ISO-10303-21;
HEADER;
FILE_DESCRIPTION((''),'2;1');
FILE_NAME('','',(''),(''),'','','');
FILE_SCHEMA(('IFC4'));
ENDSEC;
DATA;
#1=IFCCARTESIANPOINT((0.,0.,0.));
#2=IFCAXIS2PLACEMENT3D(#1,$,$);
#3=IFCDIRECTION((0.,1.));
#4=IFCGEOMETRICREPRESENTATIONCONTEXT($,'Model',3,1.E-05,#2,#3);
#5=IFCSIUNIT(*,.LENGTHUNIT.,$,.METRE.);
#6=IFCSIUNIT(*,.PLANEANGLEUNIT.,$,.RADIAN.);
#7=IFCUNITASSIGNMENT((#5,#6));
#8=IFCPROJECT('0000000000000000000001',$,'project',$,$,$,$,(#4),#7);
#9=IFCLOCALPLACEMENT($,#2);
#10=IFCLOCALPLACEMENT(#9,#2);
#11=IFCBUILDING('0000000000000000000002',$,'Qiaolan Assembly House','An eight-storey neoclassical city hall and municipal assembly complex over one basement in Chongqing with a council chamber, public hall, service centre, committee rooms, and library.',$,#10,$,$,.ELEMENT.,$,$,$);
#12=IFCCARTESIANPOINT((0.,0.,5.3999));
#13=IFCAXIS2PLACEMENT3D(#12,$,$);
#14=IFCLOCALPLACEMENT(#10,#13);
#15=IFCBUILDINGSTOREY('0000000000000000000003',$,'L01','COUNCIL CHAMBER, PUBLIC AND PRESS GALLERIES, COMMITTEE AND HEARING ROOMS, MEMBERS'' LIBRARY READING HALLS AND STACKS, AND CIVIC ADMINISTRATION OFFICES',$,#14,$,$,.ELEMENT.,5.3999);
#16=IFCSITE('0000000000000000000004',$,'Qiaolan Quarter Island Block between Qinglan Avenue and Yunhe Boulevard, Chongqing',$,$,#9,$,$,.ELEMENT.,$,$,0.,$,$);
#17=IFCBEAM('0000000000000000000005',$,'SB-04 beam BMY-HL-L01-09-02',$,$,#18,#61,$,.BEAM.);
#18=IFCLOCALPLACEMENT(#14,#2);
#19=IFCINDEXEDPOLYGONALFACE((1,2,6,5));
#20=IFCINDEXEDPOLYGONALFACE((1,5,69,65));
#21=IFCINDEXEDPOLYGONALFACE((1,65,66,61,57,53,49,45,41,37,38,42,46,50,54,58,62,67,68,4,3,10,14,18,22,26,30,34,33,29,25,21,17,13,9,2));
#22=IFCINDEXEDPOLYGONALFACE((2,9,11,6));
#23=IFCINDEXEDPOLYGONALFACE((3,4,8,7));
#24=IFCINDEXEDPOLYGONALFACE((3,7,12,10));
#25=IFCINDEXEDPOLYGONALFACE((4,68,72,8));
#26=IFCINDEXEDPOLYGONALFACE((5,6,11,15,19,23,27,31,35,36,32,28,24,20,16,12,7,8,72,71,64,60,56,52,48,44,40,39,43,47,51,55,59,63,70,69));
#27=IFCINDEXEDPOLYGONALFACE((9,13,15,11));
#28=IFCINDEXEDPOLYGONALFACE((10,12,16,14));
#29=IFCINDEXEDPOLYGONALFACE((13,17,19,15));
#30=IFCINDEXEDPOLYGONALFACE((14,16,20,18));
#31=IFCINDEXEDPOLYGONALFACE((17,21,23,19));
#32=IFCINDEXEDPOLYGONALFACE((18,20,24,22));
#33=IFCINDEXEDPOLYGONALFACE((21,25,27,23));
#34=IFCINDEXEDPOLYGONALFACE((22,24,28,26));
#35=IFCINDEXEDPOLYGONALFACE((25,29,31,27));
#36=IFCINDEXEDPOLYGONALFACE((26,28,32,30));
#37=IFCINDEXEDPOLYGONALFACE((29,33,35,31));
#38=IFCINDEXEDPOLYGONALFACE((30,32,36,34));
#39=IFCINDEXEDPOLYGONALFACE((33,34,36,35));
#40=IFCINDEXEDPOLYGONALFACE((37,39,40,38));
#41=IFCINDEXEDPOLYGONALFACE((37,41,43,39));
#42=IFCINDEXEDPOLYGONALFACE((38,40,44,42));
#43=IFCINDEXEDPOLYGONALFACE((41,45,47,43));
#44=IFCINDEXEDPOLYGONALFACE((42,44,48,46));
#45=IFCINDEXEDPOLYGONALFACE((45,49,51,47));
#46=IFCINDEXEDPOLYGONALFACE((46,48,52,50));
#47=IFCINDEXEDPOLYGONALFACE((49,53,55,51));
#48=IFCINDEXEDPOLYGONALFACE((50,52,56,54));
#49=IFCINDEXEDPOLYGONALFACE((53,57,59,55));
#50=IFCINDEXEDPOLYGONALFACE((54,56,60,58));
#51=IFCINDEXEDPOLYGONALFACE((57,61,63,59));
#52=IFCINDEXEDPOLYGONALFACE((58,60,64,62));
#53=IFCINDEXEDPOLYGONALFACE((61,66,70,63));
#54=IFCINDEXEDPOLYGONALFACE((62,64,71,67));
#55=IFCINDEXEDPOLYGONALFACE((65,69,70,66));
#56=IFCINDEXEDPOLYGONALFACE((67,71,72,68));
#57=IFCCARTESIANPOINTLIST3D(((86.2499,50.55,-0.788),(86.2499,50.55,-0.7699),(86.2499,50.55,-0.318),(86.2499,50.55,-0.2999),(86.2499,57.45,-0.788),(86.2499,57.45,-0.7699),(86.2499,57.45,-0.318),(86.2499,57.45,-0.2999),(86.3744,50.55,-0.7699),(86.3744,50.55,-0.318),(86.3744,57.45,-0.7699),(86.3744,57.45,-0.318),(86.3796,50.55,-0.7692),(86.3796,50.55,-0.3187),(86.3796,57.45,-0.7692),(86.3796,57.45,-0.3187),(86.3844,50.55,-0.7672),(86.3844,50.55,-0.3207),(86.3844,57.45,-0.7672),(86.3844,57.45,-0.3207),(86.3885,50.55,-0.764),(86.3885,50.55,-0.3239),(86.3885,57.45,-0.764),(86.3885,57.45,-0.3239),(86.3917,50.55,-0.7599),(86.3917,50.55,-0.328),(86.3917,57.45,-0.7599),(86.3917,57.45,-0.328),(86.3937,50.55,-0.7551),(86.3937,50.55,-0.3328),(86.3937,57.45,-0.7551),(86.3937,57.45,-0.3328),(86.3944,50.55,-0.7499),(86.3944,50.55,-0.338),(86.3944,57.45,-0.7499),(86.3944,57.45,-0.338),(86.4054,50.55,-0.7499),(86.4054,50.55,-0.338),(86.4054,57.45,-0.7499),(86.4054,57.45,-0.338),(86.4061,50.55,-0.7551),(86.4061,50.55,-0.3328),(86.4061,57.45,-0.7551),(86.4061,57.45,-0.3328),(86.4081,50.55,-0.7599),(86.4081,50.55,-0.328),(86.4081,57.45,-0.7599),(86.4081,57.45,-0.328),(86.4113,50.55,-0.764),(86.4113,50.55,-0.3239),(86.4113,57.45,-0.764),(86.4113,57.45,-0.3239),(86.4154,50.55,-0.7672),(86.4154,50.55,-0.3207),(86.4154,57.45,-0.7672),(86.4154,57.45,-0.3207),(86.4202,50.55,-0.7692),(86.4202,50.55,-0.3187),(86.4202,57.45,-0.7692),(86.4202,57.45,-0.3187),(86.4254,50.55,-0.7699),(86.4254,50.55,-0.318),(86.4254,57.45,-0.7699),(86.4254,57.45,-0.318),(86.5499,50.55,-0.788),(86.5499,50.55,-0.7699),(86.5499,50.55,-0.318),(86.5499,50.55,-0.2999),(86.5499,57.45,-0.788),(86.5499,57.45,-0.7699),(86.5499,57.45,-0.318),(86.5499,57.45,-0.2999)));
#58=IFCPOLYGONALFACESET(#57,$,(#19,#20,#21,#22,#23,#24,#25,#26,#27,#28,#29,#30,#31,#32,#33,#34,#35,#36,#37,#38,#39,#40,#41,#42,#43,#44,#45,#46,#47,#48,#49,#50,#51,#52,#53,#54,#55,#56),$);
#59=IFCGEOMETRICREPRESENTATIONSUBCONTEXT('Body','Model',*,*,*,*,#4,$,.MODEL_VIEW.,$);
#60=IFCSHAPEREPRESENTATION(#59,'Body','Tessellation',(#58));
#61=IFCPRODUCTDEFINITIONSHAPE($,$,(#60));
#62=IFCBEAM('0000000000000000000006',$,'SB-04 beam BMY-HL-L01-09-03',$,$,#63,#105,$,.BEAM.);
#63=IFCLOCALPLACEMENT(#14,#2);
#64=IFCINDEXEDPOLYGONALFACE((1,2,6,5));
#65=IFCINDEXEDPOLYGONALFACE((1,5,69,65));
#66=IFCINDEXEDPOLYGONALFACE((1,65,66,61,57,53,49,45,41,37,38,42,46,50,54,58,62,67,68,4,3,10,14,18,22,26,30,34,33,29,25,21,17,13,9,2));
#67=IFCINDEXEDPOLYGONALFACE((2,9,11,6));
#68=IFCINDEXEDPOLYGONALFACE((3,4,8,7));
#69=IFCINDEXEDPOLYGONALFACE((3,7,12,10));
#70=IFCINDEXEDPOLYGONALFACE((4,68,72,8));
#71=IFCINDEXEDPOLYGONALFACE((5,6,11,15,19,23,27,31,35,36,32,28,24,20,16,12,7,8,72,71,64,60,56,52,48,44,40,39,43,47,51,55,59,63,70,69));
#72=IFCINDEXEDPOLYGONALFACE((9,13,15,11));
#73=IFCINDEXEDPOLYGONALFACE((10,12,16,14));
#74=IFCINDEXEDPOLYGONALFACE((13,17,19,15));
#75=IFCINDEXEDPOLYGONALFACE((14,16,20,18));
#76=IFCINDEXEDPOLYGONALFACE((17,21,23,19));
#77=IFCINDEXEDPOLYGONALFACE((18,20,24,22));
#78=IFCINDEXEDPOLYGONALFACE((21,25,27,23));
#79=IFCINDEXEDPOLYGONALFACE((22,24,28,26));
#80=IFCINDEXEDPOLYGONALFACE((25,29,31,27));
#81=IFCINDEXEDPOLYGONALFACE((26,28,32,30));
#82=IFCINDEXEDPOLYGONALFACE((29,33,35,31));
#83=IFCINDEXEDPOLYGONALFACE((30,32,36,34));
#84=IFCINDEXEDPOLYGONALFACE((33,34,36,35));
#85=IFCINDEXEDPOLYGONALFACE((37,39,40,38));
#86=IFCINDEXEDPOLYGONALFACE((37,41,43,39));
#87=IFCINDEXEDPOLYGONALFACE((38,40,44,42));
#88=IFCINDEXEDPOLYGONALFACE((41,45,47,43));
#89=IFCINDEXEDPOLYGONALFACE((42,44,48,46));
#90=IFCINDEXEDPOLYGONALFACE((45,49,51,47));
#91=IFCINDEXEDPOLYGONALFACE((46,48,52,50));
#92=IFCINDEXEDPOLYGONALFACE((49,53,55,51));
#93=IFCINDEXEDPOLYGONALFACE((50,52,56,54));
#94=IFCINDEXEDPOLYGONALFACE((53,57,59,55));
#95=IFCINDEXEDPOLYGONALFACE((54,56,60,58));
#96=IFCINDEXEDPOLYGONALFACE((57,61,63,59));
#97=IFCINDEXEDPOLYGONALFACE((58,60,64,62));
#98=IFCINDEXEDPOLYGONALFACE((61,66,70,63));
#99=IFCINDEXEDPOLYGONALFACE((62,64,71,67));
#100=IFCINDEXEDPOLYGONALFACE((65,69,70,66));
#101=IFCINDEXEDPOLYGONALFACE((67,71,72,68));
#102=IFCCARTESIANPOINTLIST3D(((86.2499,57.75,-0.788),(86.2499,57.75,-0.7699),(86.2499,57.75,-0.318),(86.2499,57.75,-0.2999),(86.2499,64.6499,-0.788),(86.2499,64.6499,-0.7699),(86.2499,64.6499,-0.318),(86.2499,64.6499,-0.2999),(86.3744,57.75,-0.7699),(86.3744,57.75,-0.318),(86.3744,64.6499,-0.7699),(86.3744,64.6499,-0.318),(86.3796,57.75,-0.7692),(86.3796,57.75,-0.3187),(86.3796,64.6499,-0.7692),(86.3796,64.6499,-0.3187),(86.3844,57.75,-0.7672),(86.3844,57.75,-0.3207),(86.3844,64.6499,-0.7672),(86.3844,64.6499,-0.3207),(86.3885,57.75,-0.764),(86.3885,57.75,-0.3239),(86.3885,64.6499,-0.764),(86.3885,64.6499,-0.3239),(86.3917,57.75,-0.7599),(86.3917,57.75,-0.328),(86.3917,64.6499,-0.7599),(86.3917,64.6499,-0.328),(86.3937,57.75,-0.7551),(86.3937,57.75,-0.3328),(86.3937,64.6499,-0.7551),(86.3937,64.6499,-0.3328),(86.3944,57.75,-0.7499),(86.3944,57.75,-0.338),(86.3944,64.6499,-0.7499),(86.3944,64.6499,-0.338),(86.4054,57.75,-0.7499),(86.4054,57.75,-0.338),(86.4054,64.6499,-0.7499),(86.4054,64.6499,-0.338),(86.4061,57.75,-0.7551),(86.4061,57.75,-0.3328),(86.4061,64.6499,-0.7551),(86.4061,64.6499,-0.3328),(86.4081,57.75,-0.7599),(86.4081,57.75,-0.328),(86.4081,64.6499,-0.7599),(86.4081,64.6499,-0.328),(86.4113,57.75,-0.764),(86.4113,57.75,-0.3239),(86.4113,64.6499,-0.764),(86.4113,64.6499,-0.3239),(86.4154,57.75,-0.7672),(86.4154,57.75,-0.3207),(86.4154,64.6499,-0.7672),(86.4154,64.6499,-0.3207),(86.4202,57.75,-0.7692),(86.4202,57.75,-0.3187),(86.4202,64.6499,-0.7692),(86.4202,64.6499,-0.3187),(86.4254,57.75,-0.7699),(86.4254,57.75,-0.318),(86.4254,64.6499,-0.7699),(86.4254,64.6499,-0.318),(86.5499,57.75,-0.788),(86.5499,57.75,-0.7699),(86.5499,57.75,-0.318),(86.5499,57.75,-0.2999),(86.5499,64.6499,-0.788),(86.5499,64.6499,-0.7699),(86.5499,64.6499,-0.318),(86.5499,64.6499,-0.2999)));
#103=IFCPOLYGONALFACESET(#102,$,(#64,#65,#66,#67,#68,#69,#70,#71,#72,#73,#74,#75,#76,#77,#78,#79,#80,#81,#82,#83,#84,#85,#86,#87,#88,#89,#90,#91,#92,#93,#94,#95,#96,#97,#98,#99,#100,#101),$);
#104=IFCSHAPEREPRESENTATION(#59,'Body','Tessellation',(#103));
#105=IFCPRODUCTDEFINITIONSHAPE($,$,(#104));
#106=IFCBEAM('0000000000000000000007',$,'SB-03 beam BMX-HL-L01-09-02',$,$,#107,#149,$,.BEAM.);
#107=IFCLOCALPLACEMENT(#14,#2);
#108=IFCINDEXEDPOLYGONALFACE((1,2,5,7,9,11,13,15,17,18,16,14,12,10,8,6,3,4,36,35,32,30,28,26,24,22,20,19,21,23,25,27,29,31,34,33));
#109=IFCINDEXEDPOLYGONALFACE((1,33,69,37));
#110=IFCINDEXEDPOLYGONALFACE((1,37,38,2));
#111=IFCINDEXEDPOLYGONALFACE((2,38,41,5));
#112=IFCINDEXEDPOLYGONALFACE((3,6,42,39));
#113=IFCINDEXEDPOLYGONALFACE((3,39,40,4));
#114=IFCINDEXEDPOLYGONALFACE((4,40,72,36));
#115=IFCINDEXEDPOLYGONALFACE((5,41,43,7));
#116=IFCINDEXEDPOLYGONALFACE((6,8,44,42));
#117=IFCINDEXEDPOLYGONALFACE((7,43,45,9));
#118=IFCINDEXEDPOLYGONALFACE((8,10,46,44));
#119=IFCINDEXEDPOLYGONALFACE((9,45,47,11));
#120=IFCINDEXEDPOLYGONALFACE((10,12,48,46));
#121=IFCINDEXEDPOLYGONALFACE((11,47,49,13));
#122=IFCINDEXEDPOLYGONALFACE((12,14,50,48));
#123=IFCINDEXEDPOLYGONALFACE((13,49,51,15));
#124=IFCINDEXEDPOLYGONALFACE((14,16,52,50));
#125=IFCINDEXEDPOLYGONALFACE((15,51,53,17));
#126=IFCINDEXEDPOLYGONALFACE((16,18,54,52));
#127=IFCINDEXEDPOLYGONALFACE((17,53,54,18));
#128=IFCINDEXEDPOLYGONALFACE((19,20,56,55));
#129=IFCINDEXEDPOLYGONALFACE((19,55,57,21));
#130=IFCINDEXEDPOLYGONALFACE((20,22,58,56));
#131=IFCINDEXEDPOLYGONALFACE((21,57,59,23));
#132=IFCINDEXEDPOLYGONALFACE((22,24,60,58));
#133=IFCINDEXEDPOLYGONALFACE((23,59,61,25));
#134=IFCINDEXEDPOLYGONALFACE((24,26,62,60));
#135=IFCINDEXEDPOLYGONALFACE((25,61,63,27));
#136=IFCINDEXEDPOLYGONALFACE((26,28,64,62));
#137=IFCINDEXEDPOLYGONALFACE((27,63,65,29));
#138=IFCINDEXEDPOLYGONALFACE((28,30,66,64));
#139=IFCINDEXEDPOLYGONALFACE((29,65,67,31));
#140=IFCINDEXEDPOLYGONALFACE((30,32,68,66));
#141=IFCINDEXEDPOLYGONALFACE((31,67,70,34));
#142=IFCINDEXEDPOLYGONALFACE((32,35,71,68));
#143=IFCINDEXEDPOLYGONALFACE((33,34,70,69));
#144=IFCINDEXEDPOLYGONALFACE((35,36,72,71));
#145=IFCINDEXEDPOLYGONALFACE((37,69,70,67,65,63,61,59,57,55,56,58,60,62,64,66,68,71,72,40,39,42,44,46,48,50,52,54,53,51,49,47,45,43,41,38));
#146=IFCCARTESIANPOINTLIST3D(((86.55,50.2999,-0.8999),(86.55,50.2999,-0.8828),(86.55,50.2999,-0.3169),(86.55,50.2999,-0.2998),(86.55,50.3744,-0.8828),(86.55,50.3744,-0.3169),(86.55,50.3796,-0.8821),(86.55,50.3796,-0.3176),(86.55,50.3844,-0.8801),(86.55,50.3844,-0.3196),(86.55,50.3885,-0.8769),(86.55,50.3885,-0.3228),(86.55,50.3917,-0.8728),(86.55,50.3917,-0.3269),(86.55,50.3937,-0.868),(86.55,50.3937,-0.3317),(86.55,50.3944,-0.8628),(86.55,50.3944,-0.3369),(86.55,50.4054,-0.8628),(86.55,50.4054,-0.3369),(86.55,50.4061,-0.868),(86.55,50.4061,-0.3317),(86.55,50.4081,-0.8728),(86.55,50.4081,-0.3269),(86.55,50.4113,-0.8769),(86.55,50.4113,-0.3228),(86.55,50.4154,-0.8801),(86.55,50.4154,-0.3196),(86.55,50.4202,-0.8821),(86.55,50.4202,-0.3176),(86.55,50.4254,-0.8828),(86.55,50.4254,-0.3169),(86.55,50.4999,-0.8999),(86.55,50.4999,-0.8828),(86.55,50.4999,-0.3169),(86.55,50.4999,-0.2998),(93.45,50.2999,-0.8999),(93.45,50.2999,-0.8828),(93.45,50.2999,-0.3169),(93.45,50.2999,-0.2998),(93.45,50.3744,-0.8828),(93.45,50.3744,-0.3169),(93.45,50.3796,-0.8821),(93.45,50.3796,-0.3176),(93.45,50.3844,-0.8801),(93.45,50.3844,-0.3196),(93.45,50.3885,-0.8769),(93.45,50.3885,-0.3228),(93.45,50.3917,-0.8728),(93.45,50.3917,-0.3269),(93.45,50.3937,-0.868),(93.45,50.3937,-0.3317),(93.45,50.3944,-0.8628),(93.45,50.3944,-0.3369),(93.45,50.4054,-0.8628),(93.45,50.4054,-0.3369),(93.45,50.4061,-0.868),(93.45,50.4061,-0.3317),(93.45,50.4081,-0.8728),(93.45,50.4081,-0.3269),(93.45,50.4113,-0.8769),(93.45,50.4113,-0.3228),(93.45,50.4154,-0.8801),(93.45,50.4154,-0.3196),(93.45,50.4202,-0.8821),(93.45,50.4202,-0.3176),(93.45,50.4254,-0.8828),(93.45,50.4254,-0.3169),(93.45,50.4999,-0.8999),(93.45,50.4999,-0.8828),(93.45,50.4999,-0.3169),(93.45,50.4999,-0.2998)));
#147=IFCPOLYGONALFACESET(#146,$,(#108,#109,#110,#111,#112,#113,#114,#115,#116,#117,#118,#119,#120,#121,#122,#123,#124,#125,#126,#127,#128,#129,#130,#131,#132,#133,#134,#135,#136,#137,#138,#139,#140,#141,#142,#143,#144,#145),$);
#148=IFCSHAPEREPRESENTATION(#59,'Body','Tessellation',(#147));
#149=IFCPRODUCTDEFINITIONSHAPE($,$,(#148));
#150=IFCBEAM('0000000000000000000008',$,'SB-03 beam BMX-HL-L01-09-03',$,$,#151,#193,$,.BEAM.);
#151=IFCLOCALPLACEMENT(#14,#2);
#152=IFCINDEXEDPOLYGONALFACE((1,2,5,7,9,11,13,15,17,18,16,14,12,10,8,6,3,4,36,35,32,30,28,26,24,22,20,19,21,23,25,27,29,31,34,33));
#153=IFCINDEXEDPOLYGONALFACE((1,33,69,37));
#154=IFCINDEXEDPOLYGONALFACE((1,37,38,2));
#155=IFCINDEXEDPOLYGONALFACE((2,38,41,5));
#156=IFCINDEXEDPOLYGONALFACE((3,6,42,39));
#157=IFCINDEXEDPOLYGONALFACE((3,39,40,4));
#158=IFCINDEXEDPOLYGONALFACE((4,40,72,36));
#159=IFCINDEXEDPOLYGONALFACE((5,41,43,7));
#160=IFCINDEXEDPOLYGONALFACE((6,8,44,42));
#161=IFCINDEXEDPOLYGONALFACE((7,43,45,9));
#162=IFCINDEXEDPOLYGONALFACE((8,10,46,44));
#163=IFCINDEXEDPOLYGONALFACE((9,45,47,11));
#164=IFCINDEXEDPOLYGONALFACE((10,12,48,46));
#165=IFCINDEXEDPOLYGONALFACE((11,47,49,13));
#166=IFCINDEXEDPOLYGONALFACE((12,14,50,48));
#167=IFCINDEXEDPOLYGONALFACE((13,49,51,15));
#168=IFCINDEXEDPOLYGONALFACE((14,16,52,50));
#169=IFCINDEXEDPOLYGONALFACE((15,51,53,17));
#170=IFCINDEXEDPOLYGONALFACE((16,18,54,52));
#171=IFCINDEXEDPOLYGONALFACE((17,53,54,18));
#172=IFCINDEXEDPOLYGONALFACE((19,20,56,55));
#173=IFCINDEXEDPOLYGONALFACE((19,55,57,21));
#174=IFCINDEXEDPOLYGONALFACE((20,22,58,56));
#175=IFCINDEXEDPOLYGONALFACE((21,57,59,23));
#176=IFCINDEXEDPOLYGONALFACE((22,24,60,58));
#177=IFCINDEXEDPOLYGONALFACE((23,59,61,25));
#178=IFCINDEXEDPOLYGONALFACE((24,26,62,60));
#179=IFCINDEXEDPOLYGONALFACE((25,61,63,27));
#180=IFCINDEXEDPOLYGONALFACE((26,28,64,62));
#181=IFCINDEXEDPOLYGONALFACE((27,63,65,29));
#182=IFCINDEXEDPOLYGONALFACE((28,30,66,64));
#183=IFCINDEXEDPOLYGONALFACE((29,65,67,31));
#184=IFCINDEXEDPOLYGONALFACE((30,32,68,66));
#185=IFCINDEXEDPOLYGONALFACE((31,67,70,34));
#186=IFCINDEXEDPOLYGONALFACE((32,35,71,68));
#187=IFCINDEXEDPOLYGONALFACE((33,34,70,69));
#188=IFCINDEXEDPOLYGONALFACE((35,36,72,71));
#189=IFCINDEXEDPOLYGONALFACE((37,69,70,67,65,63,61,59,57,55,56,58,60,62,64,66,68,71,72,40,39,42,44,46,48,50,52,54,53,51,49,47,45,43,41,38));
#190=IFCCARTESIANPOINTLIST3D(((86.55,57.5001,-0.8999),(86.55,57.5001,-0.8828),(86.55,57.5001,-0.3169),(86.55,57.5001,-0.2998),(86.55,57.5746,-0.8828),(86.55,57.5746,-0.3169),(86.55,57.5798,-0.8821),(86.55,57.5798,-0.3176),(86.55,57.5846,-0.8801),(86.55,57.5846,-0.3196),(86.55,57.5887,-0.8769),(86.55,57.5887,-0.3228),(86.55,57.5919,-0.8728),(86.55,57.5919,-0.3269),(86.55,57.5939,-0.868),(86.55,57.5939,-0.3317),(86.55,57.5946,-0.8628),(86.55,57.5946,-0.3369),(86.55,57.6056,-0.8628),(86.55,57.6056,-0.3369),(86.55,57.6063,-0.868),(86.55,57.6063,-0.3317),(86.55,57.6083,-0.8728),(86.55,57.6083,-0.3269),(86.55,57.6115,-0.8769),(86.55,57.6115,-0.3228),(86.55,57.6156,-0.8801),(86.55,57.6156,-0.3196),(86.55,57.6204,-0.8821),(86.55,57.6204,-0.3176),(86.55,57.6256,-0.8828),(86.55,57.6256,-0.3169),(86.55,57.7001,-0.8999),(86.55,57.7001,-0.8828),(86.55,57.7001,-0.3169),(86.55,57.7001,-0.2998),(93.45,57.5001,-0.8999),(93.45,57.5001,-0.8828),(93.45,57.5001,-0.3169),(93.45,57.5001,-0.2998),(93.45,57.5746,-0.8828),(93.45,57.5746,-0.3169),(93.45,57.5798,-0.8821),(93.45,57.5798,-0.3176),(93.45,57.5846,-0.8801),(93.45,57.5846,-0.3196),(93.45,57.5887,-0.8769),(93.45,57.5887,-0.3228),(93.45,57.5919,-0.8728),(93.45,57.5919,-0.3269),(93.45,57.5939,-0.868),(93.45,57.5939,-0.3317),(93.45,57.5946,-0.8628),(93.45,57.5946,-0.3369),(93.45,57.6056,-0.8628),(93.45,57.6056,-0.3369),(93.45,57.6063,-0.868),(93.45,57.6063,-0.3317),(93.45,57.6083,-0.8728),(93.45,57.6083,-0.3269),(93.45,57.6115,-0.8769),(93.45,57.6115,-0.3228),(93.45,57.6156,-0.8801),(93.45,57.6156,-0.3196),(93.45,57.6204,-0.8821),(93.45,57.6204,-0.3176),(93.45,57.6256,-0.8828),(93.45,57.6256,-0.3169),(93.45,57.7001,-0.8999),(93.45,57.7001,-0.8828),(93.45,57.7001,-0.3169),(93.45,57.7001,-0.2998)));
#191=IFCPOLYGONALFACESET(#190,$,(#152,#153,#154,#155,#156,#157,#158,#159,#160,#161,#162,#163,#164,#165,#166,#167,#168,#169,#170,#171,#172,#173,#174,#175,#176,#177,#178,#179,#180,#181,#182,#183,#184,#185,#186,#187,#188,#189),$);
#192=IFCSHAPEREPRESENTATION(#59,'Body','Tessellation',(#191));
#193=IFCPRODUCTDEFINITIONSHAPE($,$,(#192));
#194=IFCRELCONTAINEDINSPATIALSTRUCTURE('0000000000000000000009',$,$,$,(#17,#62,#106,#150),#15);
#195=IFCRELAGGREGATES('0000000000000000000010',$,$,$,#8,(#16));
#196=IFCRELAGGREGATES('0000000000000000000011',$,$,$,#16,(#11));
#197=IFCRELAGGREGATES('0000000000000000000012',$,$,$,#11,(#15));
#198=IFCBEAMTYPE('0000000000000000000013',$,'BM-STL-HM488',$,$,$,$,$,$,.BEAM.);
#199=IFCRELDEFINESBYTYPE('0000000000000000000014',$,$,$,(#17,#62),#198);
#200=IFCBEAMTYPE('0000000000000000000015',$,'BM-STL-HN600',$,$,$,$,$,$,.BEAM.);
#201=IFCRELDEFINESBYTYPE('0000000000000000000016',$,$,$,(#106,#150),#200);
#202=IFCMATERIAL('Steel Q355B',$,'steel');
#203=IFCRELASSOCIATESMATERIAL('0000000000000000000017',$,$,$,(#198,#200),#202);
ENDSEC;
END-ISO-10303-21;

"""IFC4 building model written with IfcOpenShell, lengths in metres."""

from ifc_helpers import new_model, si_unit, direction, frame, origin, origin_2d, place, context, subcontext, project, spatial, i_section, extrude, material, material_profile, profile_set, type_object, element, save


model = new_model("IFC4")

# Units and contexts
model_context = context("Model", 3, precision=1e-05, world=origin(), true_north=direction((0.0, 1.0)))
body_context = subcontext(model_context, "Body", "Model", "MODEL_VIEW")
ifc_project = project(units=[si_unit("LENGTHUNIT", "METRE"), si_unit("PLANEANGLEUNIT", "RADIAN")], contexts=[model_context])

# Site, building, storey
site_placement = place(None, origin())
site = spatial("IfcSite", under=ifc_project, at=site_placement, Name="Qiaolan Quarter Island Block between Qinglan Avenue and Yunhe Boulevard, Chongqing", CompositionType="ELEMENT", RefElevation=0.0)
building_placement = place(site_placement, origin())
building = spatial("IfcBuilding", under=site, at=building_placement, Name="Qiaolan Assembly House", Description="An eight-storey neoclassical city hall and municipal assembly complex over one basement in Chongqing with a council chamber, public hall, service centre, committee rooms, and library.", CompositionType="ELEMENT")
storey_placement = place(building_placement, frame((0.0, 0.0, 5.3999)))
storey = spatial("IfcBuildingStorey", under=building, at=storey_placement, Name="L01", Description="COUNCIL CHAMBER, PUBLIC AND PRESS GALLERIES, COMMITTEE AND HEARING ROOMS, MEMBERS' LIBRARY READING HALLS AND STACKS, AND CIVIC ADMINISTRATION OFFICES", CompositionType="ELEMENT", Elevation=5.3999)

# Shared definitions
ifc_material_1 = material(Name="Steel Q355B", Category="steel")

# Beams
ifc_material_profile_1 = material_profile(ifc_material_1, i_section(OverallWidth=0.3, OverallDepth=0.488, WebThickness=0.011, FlangeThickness=0.0181, FilletRadius=0.02, at=origin_2d()), Name="HM 488x300x11x18")
ifc_profile_set_1 = profile_set([ifc_material_profile_1], Name="Steel Q355B")
beam_type_1 = type_object("IfcBeamType", Name="BM-STL-HM488", PredefinedType="BEAM", material=ifc_profile_set_1)
for number, where, z_axis, x_axis, name in (
    (1, (86.3999, 50.55, -0.5439), (0.0, 1.0, 0.0), (-1.0, 0.0, 0.0), "SB-04 beam BMY-HL-L01-09-02"),
    (2, (86.3999, 57.75, -0.5439), (0.0, 1.0, 0.0), (-1.0, 0.0, 0.0), "SB-04 beam BMY-HL-L01-09-03"),
):
    element("IfcBeam", number, at=place(storey_placement, frame(where, z_axis=z_axis, x_axis=x_axis)), inside=storey, type_object=beam_type_1, Name=name, PredefinedType="BEAM", context=body_context, shape_type="SweptSolid", body=[
        extrude(i_section(OverallWidth=0.3, OverallDepth=0.488, WebThickness=0.011, FlangeThickness=0.0181, FilletRadius=0.02, at=origin_2d()), origin(), (0.0, 0.0, 1.0), 6.8999),
    ])
ifc_material_profile_2 = material_profile(ifc_material_1, i_section(OverallWidth=0.2, OverallDepth=0.6001, WebThickness=0.011, FlangeThickness=0.0171, FilletRadius=0.02, at=origin_2d()), Name="HN 600x200x11x17")
ifc_profile_set_2 = profile_set([ifc_material_profile_2], Name="Steel Q355B")
beam_type_2 = type_object("IfcBeamType", Name="BM-STL-HN600", PredefinedType="BEAM", material=ifc_profile_set_2)
for number, where, z_axis, x_axis, name in (
    (3, (86.55, 50.3999, -0.5999), (1.0, 0.0, 0.0), (0.0, 1.0, 0.0), "SB-03 beam BMX-HL-L01-09-02"),
    (4, (86.55, 57.6001, -0.5999), (1.0, 0.0, 0.0), (0.0, 1.0, 0.0), "SB-03 beam BMX-HL-L01-09-03"),
):
    element("IfcBeam", number, at=place(storey_placement, frame(where, z_axis=z_axis, x_axis=x_axis)), inside=storey, type_object=beam_type_2, Name=name, PredefinedType="BEAM", context=body_context, shape_type="SweptSolid", body=[
        extrude(i_section(OverallWidth=0.2, OverallDepth=0.6001, WebThickness=0.011, FlangeThickness=0.0171, FilletRadius=0.02, at=origin_2d()), origin(), (0.0, 0.0, 1.0), 6.8999),
    ])

save(model, "model.ifc")
